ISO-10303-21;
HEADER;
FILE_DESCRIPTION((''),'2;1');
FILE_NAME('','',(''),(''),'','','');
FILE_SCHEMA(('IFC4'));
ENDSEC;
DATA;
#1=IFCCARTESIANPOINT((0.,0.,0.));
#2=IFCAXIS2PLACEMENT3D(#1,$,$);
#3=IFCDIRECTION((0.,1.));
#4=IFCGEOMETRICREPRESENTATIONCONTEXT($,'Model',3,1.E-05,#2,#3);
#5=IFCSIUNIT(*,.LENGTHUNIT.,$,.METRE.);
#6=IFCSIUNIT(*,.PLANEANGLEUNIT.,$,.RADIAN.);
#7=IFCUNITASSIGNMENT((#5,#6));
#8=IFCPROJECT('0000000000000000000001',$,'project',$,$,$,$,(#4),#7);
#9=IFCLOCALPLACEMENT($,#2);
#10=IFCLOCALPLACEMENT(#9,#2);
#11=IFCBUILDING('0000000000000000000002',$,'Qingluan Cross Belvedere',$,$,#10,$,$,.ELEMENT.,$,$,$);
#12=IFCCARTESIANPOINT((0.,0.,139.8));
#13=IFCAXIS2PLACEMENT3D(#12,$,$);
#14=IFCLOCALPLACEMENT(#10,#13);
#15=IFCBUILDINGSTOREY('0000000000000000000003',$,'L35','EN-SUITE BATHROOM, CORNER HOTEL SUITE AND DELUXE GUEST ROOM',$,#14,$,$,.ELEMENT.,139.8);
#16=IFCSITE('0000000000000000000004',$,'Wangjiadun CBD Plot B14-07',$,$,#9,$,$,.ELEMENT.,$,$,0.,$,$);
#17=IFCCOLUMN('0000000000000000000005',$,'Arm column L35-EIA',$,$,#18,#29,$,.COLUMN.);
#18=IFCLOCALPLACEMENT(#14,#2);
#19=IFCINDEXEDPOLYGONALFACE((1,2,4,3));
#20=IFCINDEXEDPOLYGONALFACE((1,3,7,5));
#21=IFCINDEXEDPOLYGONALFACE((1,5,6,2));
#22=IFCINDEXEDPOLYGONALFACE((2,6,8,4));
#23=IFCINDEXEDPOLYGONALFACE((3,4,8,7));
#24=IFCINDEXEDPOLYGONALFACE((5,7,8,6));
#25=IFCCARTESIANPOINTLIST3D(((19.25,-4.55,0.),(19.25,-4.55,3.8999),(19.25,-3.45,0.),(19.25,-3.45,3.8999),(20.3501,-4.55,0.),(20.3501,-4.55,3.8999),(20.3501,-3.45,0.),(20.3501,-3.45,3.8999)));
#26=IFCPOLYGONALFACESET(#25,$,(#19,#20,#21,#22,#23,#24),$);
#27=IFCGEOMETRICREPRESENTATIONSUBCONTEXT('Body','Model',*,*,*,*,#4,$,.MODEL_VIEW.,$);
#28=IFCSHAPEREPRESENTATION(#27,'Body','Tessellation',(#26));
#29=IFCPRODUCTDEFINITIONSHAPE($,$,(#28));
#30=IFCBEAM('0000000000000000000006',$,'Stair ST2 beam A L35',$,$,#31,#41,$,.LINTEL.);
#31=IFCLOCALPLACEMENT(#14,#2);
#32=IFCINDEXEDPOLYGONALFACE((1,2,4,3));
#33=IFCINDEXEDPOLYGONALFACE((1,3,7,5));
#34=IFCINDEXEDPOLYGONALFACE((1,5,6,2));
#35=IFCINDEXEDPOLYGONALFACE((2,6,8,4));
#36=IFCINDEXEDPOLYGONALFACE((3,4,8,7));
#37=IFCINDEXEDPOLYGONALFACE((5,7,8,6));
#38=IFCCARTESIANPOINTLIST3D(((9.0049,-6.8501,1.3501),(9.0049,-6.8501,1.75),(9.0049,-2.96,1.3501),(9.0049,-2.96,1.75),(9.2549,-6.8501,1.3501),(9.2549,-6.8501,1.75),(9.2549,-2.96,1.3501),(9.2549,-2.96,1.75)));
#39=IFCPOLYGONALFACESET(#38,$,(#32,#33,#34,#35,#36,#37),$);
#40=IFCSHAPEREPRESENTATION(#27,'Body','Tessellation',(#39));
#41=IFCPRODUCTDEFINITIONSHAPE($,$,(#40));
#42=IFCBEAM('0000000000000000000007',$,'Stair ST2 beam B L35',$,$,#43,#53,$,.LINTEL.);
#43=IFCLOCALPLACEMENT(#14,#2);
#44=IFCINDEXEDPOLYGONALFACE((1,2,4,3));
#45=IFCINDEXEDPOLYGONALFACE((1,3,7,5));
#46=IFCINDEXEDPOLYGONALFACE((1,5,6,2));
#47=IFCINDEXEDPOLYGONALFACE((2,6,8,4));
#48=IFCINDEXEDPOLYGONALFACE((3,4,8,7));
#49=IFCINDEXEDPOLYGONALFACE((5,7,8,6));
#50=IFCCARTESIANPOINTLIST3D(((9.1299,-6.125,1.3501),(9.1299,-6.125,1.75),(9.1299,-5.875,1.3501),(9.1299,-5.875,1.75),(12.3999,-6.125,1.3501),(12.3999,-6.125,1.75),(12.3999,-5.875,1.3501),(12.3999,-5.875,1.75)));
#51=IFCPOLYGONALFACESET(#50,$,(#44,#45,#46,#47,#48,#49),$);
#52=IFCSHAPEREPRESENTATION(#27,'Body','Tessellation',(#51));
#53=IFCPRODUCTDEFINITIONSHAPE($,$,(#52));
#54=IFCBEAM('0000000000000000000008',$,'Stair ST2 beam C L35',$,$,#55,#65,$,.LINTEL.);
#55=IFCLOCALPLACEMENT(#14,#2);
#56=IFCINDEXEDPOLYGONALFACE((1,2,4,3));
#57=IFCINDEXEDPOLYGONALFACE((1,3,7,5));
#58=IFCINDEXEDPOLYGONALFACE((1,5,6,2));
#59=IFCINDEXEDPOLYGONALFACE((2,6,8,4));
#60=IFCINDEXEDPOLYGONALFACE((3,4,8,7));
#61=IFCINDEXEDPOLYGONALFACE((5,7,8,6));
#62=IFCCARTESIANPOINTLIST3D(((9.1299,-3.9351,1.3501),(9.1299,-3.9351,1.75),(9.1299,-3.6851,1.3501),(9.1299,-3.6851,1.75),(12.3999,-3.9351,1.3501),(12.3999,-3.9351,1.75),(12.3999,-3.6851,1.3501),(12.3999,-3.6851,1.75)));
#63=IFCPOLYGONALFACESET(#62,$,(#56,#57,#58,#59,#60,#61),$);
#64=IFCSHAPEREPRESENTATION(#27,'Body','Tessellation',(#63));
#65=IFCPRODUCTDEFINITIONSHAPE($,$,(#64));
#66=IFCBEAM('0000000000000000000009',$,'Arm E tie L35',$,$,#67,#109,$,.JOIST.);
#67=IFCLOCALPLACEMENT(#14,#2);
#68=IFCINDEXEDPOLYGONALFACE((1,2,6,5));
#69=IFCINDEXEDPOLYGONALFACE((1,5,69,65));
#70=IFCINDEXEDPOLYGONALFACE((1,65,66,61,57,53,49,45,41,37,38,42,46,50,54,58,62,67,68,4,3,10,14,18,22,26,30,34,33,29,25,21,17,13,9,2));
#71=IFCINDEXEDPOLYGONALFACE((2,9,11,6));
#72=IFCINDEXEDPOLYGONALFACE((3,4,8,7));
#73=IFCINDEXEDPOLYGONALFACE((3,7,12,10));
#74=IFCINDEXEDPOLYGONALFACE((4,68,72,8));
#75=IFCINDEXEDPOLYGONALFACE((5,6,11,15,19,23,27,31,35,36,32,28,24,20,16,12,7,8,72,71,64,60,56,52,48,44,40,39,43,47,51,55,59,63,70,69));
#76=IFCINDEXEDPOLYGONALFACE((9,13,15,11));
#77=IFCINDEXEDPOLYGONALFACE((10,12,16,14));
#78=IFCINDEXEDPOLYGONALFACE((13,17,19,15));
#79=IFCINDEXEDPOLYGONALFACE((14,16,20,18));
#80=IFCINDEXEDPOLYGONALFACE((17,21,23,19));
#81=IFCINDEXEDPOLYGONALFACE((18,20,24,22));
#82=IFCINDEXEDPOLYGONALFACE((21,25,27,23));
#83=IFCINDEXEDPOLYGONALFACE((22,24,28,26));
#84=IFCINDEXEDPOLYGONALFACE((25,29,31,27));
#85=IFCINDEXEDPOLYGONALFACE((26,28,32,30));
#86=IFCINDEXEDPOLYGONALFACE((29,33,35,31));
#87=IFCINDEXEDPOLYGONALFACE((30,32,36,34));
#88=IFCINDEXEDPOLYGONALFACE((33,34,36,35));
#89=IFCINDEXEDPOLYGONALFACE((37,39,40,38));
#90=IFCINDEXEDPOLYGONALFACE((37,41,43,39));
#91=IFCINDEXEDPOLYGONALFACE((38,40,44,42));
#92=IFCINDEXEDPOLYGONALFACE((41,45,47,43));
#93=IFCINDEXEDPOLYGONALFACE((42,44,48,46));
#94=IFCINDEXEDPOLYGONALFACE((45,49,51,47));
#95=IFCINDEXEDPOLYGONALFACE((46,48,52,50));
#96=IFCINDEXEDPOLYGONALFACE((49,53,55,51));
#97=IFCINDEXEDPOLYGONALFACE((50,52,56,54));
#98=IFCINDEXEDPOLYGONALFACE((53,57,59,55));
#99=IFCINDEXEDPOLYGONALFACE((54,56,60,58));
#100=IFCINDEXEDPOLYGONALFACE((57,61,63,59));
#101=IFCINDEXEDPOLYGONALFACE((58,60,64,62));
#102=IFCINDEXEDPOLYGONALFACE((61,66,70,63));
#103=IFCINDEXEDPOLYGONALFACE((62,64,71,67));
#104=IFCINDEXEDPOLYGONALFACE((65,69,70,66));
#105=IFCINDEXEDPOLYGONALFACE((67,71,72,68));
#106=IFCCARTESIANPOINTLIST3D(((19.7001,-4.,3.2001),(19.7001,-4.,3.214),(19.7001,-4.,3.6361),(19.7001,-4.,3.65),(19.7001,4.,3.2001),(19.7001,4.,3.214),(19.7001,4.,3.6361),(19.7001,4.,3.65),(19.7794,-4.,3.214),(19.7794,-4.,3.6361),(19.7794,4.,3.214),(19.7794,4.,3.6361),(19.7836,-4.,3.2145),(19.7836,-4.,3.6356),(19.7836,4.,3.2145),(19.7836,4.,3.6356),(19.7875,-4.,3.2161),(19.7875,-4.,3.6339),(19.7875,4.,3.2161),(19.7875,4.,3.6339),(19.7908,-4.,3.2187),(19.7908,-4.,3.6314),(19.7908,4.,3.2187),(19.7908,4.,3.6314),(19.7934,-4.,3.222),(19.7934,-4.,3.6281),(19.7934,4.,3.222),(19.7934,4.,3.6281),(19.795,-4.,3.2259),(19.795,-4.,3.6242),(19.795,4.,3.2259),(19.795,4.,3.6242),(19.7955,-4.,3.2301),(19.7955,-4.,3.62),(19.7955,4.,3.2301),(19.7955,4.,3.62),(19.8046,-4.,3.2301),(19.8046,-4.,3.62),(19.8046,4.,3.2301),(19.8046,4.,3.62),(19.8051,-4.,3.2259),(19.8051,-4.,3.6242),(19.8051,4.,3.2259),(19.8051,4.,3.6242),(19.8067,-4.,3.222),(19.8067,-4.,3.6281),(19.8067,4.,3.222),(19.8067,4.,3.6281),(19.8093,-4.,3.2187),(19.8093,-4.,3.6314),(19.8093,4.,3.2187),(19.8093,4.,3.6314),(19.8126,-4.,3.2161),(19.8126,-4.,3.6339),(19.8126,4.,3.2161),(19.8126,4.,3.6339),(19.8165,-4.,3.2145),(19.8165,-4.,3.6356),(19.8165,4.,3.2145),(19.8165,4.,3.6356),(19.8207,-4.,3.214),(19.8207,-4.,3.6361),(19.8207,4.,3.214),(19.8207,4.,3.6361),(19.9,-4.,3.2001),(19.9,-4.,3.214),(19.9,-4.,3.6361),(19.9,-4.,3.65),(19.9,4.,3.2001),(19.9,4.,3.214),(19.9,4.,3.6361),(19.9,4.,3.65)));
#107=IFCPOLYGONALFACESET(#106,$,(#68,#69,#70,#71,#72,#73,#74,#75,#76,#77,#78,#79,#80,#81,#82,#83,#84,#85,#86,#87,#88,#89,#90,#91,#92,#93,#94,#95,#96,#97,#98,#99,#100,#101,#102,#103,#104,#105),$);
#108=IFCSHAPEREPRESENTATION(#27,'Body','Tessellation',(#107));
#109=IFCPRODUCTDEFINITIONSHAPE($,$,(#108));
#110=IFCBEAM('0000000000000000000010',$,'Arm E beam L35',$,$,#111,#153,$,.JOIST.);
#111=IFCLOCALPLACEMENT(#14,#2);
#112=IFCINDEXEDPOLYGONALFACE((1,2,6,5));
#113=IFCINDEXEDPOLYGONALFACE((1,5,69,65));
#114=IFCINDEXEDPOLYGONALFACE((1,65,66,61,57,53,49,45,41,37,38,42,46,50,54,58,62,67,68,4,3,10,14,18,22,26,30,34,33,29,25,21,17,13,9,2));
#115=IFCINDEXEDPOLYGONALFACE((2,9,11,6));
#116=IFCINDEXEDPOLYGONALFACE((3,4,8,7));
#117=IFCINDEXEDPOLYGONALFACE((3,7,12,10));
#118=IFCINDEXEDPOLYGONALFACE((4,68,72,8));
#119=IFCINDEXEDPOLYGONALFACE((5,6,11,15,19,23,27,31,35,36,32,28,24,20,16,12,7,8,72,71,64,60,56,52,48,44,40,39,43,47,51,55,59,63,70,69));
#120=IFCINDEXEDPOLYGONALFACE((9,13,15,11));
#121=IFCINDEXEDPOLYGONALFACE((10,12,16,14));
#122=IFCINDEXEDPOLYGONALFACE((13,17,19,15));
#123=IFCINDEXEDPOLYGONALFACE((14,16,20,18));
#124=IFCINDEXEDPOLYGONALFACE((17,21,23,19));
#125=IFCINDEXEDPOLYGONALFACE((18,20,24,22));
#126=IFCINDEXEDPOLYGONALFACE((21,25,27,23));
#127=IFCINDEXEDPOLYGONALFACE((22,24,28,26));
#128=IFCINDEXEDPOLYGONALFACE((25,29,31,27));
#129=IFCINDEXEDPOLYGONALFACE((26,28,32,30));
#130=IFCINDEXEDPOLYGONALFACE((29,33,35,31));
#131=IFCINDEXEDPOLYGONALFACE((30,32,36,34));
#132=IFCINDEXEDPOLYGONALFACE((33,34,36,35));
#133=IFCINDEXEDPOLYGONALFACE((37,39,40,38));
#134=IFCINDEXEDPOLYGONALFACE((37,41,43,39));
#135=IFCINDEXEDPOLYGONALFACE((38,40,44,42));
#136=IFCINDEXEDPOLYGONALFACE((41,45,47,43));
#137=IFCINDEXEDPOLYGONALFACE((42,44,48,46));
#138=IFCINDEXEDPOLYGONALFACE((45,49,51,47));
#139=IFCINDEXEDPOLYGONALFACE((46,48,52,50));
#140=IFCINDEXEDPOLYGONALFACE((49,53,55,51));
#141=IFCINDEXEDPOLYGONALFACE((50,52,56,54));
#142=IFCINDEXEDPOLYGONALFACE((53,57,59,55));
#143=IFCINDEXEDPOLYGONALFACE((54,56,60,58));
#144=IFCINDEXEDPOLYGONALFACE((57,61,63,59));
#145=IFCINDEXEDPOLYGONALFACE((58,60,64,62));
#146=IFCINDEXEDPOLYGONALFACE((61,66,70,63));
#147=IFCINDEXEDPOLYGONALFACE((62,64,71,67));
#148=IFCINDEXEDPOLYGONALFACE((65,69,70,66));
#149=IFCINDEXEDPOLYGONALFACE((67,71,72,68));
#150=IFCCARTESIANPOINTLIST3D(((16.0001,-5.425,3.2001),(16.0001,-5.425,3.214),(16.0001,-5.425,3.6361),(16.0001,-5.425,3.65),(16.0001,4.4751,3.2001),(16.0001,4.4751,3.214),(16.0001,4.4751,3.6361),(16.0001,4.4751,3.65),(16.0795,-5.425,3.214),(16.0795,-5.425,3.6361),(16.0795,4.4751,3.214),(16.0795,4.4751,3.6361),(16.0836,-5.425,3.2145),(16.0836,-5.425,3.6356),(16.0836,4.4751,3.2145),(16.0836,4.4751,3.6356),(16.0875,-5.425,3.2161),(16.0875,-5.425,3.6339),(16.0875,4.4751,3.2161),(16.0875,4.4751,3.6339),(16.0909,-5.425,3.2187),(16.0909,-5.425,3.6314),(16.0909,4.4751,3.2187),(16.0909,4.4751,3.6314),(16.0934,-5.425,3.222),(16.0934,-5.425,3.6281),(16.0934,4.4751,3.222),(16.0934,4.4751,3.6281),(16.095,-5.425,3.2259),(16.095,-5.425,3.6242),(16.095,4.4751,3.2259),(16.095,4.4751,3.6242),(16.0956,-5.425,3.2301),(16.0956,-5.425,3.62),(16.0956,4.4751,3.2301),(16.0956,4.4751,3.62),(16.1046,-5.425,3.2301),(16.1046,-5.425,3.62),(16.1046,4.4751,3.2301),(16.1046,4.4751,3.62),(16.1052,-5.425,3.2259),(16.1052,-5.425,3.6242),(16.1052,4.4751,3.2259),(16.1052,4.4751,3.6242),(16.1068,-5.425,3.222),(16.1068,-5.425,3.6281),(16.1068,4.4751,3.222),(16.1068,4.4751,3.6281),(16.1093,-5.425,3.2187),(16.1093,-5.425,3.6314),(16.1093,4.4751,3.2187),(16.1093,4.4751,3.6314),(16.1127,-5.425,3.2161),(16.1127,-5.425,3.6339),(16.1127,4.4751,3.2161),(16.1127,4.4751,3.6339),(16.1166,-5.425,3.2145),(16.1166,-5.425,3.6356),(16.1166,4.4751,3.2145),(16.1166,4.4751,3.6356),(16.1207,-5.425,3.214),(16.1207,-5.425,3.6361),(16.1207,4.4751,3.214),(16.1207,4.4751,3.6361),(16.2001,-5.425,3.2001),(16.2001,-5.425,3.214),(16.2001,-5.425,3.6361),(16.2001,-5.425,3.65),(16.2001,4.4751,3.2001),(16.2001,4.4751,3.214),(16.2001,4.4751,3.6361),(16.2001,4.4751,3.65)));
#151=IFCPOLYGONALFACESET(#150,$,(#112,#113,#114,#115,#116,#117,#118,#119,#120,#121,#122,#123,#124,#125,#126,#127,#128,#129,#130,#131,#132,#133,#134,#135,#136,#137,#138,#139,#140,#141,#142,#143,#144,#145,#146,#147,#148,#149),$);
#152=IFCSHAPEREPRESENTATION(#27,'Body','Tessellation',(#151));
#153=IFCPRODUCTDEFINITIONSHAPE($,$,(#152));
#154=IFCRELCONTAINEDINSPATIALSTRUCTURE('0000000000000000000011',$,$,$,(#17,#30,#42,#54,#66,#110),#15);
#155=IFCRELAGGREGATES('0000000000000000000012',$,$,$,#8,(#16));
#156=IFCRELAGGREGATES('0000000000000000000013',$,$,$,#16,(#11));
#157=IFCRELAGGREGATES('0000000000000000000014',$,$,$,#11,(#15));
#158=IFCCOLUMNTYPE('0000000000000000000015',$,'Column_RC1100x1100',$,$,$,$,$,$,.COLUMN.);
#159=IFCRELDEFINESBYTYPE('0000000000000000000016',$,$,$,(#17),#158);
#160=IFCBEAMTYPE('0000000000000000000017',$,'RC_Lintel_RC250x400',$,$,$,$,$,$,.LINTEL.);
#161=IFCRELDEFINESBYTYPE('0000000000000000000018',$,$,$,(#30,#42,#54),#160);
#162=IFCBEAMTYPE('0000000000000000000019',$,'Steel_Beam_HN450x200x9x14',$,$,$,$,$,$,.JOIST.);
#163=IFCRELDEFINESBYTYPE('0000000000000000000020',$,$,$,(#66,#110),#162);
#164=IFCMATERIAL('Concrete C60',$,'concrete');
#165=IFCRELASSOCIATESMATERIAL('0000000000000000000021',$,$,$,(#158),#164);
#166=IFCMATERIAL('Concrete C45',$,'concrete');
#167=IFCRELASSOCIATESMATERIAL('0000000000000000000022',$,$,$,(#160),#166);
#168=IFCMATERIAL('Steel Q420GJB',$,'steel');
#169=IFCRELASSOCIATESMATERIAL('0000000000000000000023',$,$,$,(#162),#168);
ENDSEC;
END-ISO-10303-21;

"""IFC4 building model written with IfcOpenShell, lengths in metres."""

from ifc_helpers import new_model, si_unit, direction, frame, origin, origin_2d, place, context, subcontext, project, spatial, rectangle, i_section, extrude, material, material_profile, profile_set, type_object, element, save


model = new_model("IFC4")

# Units and contexts
model_context = context("Model", 3, precision=1e-05, world=origin(), true_north=direction((0.0, 1.0)))
body_context = subcontext(model_context, "Body", "Model", "MODEL_VIEW")
ifc_project = project(units=[si_unit("LENGTHUNIT", "METRE"), si_unit("PLANEANGLEUNIT", "RADIAN")], contexts=[model_context])

# Site, building, storey
site_placement = place(None, origin())
site = spatial("IfcSite", under=ifc_project, at=site_placement, Name="Wangjiadun CBD Plot B14-07", CompositionType="ELEMENT", RefElevation=0.0)
building_placement = place(site_placement, origin())
building = spatial("IfcBuilding", under=site, at=building_placement, Name="Qingluan Cross Belvedere", CompositionType="ELEMENT")
storey_placement = place(building_placement, frame((0.0, 0.0, 139.8)))
storey = spatial("IfcBuildingStorey", under=building, at=storey_placement, Name="L35", Description="EN-SUITE BATHROOM, CORNER HOTEL SUITE AND DELUXE GUEST ROOM", CompositionType="ELEMENT", Elevation=139.8)

# Column
ifc_material_1 = material(Name="Concrete C60", Category="concrete")
ifc_material_profile_1 = material_profile(ifc_material_1, rectangle(XDim=1.1001, YDim=1.1001, at=origin_2d()), Name="RC1100x1100")
ifc_profile_set_1 = profile_set([ifc_material_profile_1], Name="Concrete C60")
column_type = type_object("IfcColumnType", Name="Column_RC1100x1100", PredefinedType="COLUMN", material=ifc_profile_set_1)
column_placement = place(storey_placement, frame((19.8, -4.0, 0.0), z_axis=(0.0, 0.0, 1.0), x_axis=(1.0, 0.0, 0.0)))
element("IfcColumn", 1, at=column_placement, inside=storey, type_object=column_type, Name="Arm column L35-EIA", PredefinedType="COLUMN", context=body_context, shape_type="SweptSolid", body=[
    extrude(rectangle(XDim=1.1001, YDim=1.1001, at=origin_2d()), origin(), (0.0, 0.0, 1.0), 3.8999),
])

# Beams
ifc_material_2 = material(Name="Concrete C45", Category="concrete")
ifc_material_profile_2 = material_profile(ifc_material_2, rectangle(XDim=0.25, YDim=0.3999, at=origin_2d()), Name="RC250x400")
ifc_profile_set_2 = profile_set([ifc_material_profile_2], Name="Concrete C45")
beam_type_1 = type_object("IfcBeamType", Name="RC_Lintel_RC250x400", PredefinedType="LINTEL", material=ifc_profile_set_2)
beam_1_placement = place(storey_placement, frame((9.1299, -6.8501, 1.55), z_axis=(0.0, 1.0, 0.0), x_axis=(-1.0, 0.0, 0.0)))
element("IfcBeam", 2, at=beam_1_placement, inside=storey, type_object=beam_type_1, Name="Stair ST2 beam A L35", PredefinedType="LINTEL", context=body_context, shape_type="SweptSolid", body=[
    extrude(rectangle(XDim=0.25, YDim=0.3999, at=origin_2d()), origin(), (0.0, 0.0, 1.0), 3.8901),
])
for number, where, z_axis, x_axis, name in (
    (3, (12.3999, -6.0, 1.55), (-1.0, 0.0, 0.0), (0.0, -1.0, 0.0), "Stair ST2 beam B L35"),
    (4, (12.3999, -3.8101, 1.55), (-1.0, 0.0, 0.0), (0.0, -1.0, 0.0), "Stair ST2 beam C L35"),
):
    element("IfcBeam", number, at=place(storey_placement, frame(where, z_axis=z_axis, x_axis=x_axis)), inside=storey, type_object=beam_type_1, Name=name, PredefinedType="LINTEL", context=body_context, shape_type="SweptSolid", body=[
        extrude(rectangle(XDim=0.25, YDim=0.3999, at=origin_2d()), origin(), (0.0, 0.0, 1.0), 3.27),
    ])
ifc_material_3 = material(Name="Steel Q420GJB", Category="steel")
ifc_material_profile_3 = material_profile(ifc_material_3, i_section(OverallWidth=0.2, OverallDepth=0.45, WebThickness=0.009, FlangeThickness=0.0139, FilletRadius=0.0161, at=origin_2d()), Name="HN450x200x9x14")
ifc_profile_set_3 = profile_set([ifc_material_profile_3], Name="Steel Q420GJB")
beam_type_2 = type_object("IfcBeamType", Name="Steel_Beam_HN450x200x9x14", PredefinedType="JOIST", material=ifc_profile_set_3)
beam_2_placement = place(storey_placement, frame((19.8, -4.0, 3.425), z_axis=(0.0, 1.0, 0.0), x_axis=(-1.0, 0.0, 0.0)))
element("IfcBeam", 5, at=beam_2_placement, inside=storey, type_object=beam_type_2, Name="Arm E tie L35", PredefinedType="JOIST", context=body_context, shape_type="SweptSolid", body=[
    extrude(i_section(OverallWidth=0.2, OverallDepth=0.45, WebThickness=0.009, FlangeThickness=0.0139, FilletRadius=0.0161, at=origin_2d()), origin(), (0.0, 0.0, 1.0), 8.0),
])
beam_3_placement = place(storey_placement, frame((16.1001, -5.425, 3.425), z_axis=(0.0, 1.0, 0.0), x_axis=(-1.0, 0.0, 0.0)))
element("IfcBeam", 6, at=beam_3_placement, inside=storey, type_object=beam_type_2, Name="Arm E beam L35", PredefinedType="JOIST", context=body_context, shape_type="SweptSolid", body=[
    extrude(i_section(OverallWidth=0.2, OverallDepth=0.45, WebThickness=0.009, FlangeThickness=0.0139, FilletRadius=0.0161, at=origin_2d()), origin(), (0.0, 0.0, 1.0), 9.9001),
])

save(model, "model.ifc")
